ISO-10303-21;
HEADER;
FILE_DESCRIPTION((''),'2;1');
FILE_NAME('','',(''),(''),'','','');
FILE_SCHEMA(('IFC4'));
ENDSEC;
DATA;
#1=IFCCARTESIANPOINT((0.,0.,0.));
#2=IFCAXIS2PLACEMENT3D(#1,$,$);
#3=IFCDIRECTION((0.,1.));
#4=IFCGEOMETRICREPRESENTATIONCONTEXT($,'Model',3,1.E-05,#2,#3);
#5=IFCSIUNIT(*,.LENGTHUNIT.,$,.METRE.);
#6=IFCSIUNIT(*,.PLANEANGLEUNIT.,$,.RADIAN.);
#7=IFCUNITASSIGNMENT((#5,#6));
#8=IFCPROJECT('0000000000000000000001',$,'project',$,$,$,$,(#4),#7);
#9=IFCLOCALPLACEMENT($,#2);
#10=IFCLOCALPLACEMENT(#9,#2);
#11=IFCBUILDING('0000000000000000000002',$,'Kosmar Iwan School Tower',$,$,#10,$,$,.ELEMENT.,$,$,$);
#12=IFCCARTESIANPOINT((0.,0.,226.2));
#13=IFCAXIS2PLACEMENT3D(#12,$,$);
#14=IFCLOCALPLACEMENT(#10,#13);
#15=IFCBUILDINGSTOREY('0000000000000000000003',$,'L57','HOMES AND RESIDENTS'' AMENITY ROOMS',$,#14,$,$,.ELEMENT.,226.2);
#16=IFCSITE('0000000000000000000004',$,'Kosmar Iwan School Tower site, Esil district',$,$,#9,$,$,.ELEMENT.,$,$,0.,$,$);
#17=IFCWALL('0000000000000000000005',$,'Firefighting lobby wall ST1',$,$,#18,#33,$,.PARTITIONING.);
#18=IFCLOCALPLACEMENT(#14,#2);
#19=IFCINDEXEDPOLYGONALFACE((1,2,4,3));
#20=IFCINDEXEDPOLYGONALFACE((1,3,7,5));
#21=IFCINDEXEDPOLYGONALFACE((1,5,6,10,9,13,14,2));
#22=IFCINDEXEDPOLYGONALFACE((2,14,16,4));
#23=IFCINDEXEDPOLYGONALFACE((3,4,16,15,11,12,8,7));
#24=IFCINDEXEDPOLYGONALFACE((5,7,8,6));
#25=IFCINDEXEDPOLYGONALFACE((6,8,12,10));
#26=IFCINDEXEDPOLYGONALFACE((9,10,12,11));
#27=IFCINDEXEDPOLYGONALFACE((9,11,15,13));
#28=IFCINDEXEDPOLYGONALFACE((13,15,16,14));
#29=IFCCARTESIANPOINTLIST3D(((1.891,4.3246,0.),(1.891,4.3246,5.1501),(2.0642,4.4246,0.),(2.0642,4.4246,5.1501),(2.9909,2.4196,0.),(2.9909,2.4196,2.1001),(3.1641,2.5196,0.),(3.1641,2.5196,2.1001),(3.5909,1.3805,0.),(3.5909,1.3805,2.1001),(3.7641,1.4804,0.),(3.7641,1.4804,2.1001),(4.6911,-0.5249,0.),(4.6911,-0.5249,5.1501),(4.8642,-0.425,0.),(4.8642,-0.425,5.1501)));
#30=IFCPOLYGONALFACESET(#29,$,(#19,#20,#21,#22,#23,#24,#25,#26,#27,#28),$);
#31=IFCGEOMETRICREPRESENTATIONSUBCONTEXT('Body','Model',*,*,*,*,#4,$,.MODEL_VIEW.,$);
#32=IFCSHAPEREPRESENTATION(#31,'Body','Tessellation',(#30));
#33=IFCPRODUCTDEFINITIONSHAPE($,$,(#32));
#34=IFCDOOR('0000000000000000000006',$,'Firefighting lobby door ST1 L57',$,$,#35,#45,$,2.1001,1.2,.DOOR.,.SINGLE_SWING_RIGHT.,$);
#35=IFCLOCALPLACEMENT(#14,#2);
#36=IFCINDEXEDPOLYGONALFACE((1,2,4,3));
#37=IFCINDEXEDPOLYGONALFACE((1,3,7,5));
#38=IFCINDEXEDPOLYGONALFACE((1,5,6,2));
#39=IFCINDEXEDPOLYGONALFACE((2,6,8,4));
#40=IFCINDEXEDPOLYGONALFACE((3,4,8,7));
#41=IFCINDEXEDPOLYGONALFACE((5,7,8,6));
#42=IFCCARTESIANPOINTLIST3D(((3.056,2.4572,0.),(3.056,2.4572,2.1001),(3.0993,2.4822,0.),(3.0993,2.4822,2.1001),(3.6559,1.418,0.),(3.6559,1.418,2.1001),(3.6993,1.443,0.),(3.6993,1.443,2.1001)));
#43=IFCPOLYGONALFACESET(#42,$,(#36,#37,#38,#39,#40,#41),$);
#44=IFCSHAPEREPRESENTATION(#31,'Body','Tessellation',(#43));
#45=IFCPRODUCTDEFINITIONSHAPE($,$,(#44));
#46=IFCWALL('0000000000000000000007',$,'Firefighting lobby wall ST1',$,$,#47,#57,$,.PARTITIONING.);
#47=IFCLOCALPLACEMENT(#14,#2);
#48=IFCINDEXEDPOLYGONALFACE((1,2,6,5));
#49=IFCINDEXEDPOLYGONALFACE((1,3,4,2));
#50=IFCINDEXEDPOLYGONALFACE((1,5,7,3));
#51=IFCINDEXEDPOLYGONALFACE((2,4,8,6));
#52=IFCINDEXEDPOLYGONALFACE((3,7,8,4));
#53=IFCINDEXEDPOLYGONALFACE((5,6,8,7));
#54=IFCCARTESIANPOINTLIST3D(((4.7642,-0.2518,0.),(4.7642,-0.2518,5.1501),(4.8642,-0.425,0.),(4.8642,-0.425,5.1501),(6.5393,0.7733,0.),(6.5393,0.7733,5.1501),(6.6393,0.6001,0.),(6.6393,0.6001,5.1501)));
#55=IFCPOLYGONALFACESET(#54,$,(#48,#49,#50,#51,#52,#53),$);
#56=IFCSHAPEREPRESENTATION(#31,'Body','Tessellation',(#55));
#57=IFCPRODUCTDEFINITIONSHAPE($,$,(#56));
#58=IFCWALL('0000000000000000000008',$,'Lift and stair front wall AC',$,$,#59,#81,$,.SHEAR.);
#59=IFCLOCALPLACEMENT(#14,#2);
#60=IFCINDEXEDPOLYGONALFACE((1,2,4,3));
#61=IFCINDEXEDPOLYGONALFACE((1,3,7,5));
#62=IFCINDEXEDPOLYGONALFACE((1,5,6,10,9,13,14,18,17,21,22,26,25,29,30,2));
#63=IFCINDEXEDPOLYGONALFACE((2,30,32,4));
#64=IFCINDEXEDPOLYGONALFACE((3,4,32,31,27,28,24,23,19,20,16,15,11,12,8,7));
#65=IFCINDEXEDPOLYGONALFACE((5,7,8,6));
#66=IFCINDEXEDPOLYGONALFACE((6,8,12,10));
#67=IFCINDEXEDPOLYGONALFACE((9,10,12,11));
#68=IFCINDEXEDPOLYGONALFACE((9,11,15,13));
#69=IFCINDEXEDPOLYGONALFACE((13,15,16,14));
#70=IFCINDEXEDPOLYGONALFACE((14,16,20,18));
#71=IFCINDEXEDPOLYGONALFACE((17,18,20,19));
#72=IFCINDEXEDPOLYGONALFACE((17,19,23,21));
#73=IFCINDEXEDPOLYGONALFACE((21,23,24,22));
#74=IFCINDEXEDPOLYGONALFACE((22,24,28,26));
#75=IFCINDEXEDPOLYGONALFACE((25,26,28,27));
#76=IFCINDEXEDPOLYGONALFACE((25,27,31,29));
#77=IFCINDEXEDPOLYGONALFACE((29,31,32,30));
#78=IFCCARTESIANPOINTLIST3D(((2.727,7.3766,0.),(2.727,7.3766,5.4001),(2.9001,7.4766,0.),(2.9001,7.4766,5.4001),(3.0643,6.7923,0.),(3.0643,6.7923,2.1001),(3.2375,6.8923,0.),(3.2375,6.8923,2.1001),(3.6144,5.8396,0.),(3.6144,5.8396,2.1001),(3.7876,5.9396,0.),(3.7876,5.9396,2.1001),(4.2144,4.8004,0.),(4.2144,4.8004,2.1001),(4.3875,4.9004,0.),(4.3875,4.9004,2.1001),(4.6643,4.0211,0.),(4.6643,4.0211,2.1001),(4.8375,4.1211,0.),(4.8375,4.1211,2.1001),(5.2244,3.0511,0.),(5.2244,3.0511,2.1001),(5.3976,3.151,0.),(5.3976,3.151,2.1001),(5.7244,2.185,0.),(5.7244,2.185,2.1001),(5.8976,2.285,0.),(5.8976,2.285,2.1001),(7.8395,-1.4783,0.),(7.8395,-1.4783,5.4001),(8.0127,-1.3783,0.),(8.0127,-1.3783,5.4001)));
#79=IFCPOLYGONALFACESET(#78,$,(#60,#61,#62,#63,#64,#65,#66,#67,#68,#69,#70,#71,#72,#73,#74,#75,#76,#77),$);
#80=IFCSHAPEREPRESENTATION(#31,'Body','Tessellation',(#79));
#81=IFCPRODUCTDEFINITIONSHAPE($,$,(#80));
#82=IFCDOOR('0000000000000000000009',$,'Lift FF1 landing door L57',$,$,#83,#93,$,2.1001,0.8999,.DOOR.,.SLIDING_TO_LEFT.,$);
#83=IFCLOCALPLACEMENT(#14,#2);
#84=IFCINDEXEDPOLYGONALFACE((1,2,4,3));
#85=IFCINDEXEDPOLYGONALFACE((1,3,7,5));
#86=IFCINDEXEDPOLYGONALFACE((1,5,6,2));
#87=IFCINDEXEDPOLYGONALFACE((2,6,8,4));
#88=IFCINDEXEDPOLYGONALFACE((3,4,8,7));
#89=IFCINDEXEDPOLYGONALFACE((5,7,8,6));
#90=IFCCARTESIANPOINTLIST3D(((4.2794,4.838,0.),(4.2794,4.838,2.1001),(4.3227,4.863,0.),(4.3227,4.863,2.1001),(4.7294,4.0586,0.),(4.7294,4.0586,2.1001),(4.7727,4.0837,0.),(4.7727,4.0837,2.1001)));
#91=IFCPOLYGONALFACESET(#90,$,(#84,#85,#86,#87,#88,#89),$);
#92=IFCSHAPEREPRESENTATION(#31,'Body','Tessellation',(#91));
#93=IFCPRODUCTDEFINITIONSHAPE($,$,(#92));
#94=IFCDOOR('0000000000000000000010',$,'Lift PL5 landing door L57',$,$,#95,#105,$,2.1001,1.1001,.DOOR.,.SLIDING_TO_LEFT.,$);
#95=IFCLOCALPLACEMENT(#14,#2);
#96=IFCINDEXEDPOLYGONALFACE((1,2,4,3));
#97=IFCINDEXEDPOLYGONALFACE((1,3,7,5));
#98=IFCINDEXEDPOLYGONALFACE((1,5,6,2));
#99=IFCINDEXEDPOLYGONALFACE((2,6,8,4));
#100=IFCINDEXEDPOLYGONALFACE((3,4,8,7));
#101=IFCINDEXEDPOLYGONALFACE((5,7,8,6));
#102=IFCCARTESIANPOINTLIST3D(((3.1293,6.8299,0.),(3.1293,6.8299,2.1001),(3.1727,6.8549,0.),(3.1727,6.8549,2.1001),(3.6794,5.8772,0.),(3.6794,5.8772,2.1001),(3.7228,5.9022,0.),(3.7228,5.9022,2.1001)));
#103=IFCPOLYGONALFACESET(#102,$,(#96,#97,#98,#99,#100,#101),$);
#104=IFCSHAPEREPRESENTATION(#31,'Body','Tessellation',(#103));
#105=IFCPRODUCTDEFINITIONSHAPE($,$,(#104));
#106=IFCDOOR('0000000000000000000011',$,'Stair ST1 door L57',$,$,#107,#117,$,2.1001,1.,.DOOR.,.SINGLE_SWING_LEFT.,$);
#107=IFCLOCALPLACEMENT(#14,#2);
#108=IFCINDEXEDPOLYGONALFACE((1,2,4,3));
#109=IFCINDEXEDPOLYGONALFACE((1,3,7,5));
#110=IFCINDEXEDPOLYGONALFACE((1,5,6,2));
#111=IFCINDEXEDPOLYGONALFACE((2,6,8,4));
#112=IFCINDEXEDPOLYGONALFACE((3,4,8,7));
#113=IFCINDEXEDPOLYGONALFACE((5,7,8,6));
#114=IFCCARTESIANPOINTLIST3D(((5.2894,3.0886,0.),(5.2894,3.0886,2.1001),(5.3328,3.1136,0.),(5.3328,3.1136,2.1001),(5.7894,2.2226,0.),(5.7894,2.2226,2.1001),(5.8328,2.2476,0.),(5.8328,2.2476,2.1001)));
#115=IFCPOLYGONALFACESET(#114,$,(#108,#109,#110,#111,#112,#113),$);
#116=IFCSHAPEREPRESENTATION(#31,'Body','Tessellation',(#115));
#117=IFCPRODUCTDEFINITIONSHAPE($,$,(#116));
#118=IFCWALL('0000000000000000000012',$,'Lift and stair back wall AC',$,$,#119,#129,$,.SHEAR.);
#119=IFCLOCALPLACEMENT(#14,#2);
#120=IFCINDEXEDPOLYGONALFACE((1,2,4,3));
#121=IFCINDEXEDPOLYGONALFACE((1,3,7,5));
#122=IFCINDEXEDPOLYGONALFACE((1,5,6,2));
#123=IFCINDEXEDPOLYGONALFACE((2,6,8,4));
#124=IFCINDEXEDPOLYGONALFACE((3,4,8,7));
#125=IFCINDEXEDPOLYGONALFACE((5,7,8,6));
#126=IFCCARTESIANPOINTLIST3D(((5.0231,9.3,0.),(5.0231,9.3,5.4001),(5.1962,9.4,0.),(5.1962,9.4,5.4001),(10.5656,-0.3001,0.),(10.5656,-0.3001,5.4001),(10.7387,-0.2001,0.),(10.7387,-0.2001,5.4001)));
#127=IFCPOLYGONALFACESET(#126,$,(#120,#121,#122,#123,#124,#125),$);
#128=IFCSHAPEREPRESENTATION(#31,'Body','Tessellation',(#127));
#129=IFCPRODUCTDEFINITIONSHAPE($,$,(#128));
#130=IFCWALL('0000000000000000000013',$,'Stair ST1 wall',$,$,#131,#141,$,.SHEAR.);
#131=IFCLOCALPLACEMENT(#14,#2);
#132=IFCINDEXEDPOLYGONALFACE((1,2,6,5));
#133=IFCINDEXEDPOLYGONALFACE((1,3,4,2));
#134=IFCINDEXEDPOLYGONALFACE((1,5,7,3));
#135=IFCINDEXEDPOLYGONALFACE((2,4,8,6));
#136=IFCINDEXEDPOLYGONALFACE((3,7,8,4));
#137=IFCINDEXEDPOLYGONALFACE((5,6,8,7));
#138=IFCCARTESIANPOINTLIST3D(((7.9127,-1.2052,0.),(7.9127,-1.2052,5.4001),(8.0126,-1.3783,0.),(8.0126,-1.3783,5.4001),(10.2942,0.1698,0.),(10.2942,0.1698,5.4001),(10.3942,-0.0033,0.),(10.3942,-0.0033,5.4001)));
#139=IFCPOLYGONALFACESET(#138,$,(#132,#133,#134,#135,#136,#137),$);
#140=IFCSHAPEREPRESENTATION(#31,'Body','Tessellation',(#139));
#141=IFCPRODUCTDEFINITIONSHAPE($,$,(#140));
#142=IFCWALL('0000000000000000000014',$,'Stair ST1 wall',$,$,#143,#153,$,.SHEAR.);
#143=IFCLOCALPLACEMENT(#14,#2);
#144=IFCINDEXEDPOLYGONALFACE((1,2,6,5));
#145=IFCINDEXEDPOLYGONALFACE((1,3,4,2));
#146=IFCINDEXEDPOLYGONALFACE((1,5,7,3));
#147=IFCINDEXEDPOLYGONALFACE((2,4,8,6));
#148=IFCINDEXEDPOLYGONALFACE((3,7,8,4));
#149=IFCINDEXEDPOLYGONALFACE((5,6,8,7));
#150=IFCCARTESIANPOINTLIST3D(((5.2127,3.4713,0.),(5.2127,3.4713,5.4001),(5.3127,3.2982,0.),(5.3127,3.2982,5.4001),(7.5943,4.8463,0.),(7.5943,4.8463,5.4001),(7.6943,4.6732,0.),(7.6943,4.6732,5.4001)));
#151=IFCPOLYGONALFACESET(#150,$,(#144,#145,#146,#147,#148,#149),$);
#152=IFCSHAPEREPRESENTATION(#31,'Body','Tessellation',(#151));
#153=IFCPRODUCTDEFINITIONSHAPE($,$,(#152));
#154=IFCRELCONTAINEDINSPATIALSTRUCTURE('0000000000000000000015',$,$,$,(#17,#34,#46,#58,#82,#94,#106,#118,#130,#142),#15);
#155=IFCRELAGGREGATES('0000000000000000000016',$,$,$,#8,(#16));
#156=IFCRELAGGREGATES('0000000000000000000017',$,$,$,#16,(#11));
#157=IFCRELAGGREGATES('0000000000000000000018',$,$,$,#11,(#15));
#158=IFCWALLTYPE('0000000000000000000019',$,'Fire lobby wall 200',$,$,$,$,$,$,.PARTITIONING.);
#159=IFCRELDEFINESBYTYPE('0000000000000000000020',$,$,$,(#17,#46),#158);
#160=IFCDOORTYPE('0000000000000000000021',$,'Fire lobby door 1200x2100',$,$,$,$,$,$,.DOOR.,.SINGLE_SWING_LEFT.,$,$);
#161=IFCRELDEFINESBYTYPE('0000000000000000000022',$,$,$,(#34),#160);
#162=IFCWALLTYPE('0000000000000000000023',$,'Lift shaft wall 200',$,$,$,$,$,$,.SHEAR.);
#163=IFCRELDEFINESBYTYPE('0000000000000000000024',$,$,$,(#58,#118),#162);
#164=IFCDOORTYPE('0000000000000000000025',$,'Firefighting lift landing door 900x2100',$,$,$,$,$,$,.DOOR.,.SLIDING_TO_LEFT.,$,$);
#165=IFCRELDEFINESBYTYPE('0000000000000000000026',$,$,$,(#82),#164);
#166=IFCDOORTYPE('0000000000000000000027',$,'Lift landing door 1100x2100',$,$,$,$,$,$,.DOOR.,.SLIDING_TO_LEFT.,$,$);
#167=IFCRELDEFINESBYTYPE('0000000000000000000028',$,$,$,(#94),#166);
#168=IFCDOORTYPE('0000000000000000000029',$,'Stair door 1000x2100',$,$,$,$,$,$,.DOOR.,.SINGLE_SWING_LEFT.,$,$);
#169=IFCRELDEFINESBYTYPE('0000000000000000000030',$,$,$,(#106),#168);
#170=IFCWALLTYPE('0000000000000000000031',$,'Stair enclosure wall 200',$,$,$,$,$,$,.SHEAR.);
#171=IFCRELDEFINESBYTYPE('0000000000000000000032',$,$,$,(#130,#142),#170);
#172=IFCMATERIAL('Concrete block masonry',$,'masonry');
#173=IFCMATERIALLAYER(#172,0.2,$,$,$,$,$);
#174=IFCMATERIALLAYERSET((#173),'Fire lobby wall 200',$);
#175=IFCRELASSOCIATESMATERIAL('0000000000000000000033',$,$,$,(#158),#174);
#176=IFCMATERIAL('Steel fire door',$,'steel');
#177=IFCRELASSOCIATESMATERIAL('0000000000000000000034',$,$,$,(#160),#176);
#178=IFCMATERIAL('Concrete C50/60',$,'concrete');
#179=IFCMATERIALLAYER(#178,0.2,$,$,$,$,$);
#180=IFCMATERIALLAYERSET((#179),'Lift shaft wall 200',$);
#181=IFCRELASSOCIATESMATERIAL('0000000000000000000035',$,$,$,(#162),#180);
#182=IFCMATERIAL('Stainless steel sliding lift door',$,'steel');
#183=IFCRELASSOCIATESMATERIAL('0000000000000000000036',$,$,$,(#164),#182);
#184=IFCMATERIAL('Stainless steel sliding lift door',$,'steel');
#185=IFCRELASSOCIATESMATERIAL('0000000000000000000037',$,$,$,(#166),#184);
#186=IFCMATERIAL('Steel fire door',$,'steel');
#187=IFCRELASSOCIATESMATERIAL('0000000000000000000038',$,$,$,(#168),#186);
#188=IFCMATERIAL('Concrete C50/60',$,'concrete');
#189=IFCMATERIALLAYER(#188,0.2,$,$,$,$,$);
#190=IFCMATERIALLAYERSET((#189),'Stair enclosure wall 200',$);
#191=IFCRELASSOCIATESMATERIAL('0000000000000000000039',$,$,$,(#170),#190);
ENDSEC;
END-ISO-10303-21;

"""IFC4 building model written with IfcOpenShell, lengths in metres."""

from ifc_helpers import new_model, si_unit, direction, frame, frame_2d, origin, place, context, subcontext, project, spatial, rectangle, extrude, material, layer, layer_set, type_object, element, fill, save


model = new_model("IFC4")

# Units and contexts
model_context = context("Model", 3, precision=1e-05, world=origin(), true_north=direction((0.0, 1.0)))
body_context = subcontext(model_context, "Body", "Model", "MODEL_VIEW")
ifc_project = project(units=[si_unit("LENGTHUNIT", "METRE"), si_unit("PLANEANGLEUNIT", "RADIAN")], contexts=[model_context])

# Site, building, storey
site_placement = place(None, origin())
site = spatial("IfcSite", under=ifc_project, at=site_placement, Name="Kosmar Iwan School Tower site, Esil district", CompositionType="ELEMENT", RefElevation=0.0)
building_placement = place(site_placement, origin())
building = spatial("IfcBuilding", under=site, at=building_placement, Name="Kosmar Iwan School Tower", CompositionType="ELEMENT")
storey_placement = place(building_placement, frame((0.0, 0.0, 226.2)))
storey = spatial("IfcBuildingStorey", under=building, at=storey_placement, Name="L57", Description="HOMES AND RESIDENTS' AMENITY ROOMS", CompositionType="ELEMENT", Elevation=226.2)

# Wall, opening, door
ifc_material_1 = material(Name="Concrete block masonry", Category="masonry")
ifc_layer_1 = layer(ifc_material_1, 0.2)
ifc_layer_set_1 = layer_set([ifc_layer_1], Name="Fire lobby wall 200")
wall_type_1 = type_object("IfcWallType", Name="Fire lobby wall 200", PredefinedType="PARTITIONING", material=ifc_layer_set_1)
wall_1_placement = place(storey_placement, frame((4.7776, -0.4749, 0.0), z_axis=(0.0, 0.0, 1.0), x_axis=(-0.500017, 0.866016, 0.0)))
wall_1 = element("IfcWall", 1, at=wall_1_placement, inside=storey, type_object=wall_type_1, Name="Firefighting lobby wall ST1", PredefinedType="PARTITIONING", context=body_context, shape_type="SweptSolid", body=[
    extrude(rectangle(XDim=5.5999, YDim=0.2, at=frame_2d((2.7998, 0.0))), origin(), (0.0, 0.0, 1.0), 5.1501),
])
opening_1_placement = place(wall_1_placement, frame((2.2, 0.0, 0.0)))
opening_1 = element("IfcOpeningElement", 2, at=opening_1_placement, cuts=wall_1, PredefinedType="OPENING", context=body_context, shape_type="SweptSolid", body=[
    extrude(rectangle(XDim=1.2, YDim=2.1001, at=frame_2d((0.6001, 1.05))), frame((0.0, 0.1121, 0.0), z_axis=(0.0, -1.0, 0.0), x_axis=(1.0, 0.0, 0.0)), (0.0, 0.0, 1.0), 0.2239),
])
ifc_material_2 = material(Name="Steel fire door", Category="steel")
door_type_1 = type_object("IfcDoorType", Name="Fire lobby door 1200x2100", OperationType="SINGLE_SWING_LEFT", PredefinedType="DOOR", material=ifc_material_2)
door_1_placement = place(opening_1_placement, origin())
door_1 = element("IfcDoor", 3, at=door_1_placement, inside=storey, type_object=door_type_1, Name="Firefighting lobby door ST1 L57", OperationType="SINGLE_SWING_RIGHT", OverallHeight=2.1001, OverallWidth=1.2, PredefinedType="DOOR", context=body_context, shape_type="SweptSolid", body=[
    extrude(rectangle(XDim=1.2, YDim=2.1001, at=frame_2d((0.6001, 1.05))), frame((0.0, 0.0249, 0.0), z_axis=(0.0, -1.0, 0.0), x_axis=(1.0, 0.0, 0.0)), (0.0, 0.0, 1.0), 0.05),
])
fill(opening_1, door_1)

# Wall
wall_2_placement = place(storey_placement, frame((4.8142, -0.3384, 0.0), z_axis=(0.0, 0.0, 1.0), x_axis=(0.865969, 0.500097, 0.0)))
element("IfcWall", 4, at=wall_2_placement, inside=storey, type_object=wall_type_1, Name="Firefighting lobby wall ST1", PredefinedType="PARTITIONING", context=body_context, shape_type="SweptSolid", body=[
    extrude(rectangle(XDim=2.0498, YDim=0.2, at=frame_2d((1.0249, 0.0))), origin(), (0.0, 0.0, 1.0), 5.1501),
])

# Wall, openings, doors
ifc_material_3 = material(Name="Concrete C50/60", Category="concrete")
ifc_layer_2 = layer(ifc_material_3, 0.2)
ifc_layer_set_2 = layer_set([ifc_layer_2], Name="Lift shaft wall 200")
wall_type_2 = type_object("IfcWallType", Name="Lift shaft wall 200", PredefinedType="SHEAR", material=ifc_layer_set_2)
wall_3_placement = place(storey_placement, frame((7.926, -1.4282, 0.0), z_axis=(0.0, 0.0, 1.0), x_axis=(-0.500009, 0.86602, 0.0)))
wall_3 = element("IfcWall", 5, at=wall_3_placement, inside=storey, type_object=wall_type_2, Name="Lift and stair front wall AC", PredefinedType="SHEAR", context=body_context, shape_type="SweptSolid", body=[
    extrude(rectangle(XDim=10.2249, YDim=0.2, at=frame_2d((5.1123, 0.0))), origin(), (0.0, 0.0, 1.0), 5.4001),
])
opening_2_placement = place(wall_3_placement, frame((6.3501, 0.0, 0.0)))
opening_2 = element("IfcOpeningElement", 6, at=opening_2_placement, cuts=wall_3, PredefinedType="OPENING", context=body_context, shape_type="SweptSolid", body=[
    extrude(rectangle(XDim=0.8999, YDim=2.1001, at=frame_2d((0.45, 1.05))), frame((0.0, 0.1121, 0.0), z_axis=(0.0, -1.0, 0.0), x_axis=(1.0, 0.0, 0.0)), (0.0, 0.0, 1.0), 0.2239),
])
opening_3_placement = place(wall_3_placement, frame((8.45, 0.0, 0.0)))
opening_3 = element("IfcOpeningElement", 7, at=opening_3_placement, cuts=wall_3, PredefinedType="OPENING", context=body_context, shape_type="SweptSolid", body=[
    extrude(rectangle(XDim=1.1001, YDim=2.1001, at=frame_2d((0.55, 1.05))), frame((0.0, 0.1121, 0.0), z_axis=(0.0, -1.0, 0.0), x_axis=(1.0, 0.0, 0.0)), (0.0, 0.0, 1.0), 0.2239),
])
opening_4_placement = place(wall_3_placement, frame((4.23, 0.0, 0.0)))
opening_4 = element("IfcOpeningElement", 8, at=opening_4_placement, cuts=wall_3, PredefinedType="OPENING", context=body_context, shape_type="SweptSolid", body=[
    extrude(rectangle(XDim=1.0, YDim=2.1001, at=frame_2d((0.5, 1.05))), frame((0.0, 0.1121, 0.0), z_axis=(0.0, -1.0, 0.0), x_axis=(1.0, 0.0, 0.0)), (0.0, 0.0, 1.0), 0.2239),
])
ifc_material_4 = material(Name="Stainless steel sliding lift door", Category="steel")
door_type_2 = type_object("IfcDoorType", Name="Firefighting lift landing door 900x2100", OperationType="SLIDING_TO_LEFT", PredefinedType="DOOR", material=ifc_material_4)
door_2_placement = place(opening_2_placement, origin())
door_2 = element("IfcDoor", 9, at=door_2_placement, inside=storey, type_object=door_type_2, Name="Lift FF1 landing door L57", OperationType="SLIDING_TO_LEFT", OverallHeight=2.1001, OverallWidth=0.8999, PredefinedType="DOOR", context=body_context, shape_type="SweptSolid", body=[
    extrude(rectangle(XDim=0.8999, YDim=2.1001, at=frame_2d((0.45, 1.05))), frame((0.0, 0.0249, 0.0), z_axis=(0.0, -1.0, 0.0), x_axis=(1.0, 0.0, 0.0)), (0.0, 0.0, 1.0), 0.05),
])
fill(opening_2, door_2)
ifc_material_5 = material(Name="Stainless steel sliding lift door", Category="steel")
door_type_3 = type_object("IfcDoorType", Name="Lift landing door 1100x2100", OperationType="SLIDING_TO_LEFT", PredefinedType="DOOR", material=ifc_material_5)
door_3_placement = place(opening_3_placement, origin())
door_3 = element("IfcDoor", 10, at=door_3_placement, inside=storey, type_object=door_type_3, Name="Lift PL5 landing door L57", OperationType="SLIDING_TO_LEFT", OverallHeight=2.1001, OverallWidth=1.1001, PredefinedType="DOOR", context=body_context, shape_type="SweptSolid", body=[
    extrude(rectangle(XDim=1.1001, YDim=2.1001, at=frame_2d((0.55, 1.05))), frame((0.0, 0.0249, 0.0), z_axis=(0.0, -1.0, 0.0), x_axis=(1.0, 0.0, 0.0)), (0.0, 0.0, 1.0), 0.05),
])
fill(opening_3, door_3)
ifc_material_6 = material(Name="Steel fire door", Category="steel")
door_type_4 = type_object("IfcDoorType", Name="Stair door 1000x2100", OperationType="SINGLE_SWING_LEFT", PredefinedType="DOOR", material=ifc_material_6)
door_4_placement = place(opening_4_placement, origin())
door_4 = element("IfcDoor", 11, at=door_4_placement, inside=storey, type_object=door_type_4, Name="Stair ST1 door L57", OperationType="SINGLE_SWING_LEFT", OverallHeight=2.1001, OverallWidth=1.0, PredefinedType="DOOR", context=body_context, shape_type="SweptSolid", body=[
    extrude(rectangle(XDim=1.0, YDim=2.1001, at=frame_2d((0.5, 1.05))), frame((0.0, 0.0249, 0.0), z_axis=(0.0, -1.0, 0.0), x_axis=(1.0, 0.0, 0.0)), (0.0, 0.0, 1.0), 0.05),
])
fill(opening_4, door_4)

# Walls
wall_4_placement = place(storey_placement, frame((10.6521, -0.25, 0.0), z_axis=(0.0, 0.0, 1.0), x_axis=(-0.499991, 0.866031, 0.0)))
element("IfcWall", 12, at=wall_4_placement, inside=storey, type_object=wall_type_2, Name="Lift and stair back wall AC", PredefinedType="SHEAR", context=body_context, shape_type="SweptSolid", body=[
    extrude(rectangle(XDim=11.0852, YDim=0.2, at=frame_2d((5.5425, 0.0))), origin(), (0.0, 0.0, 1.0), 5.4001),
])
ifc_material_7 = material(Name="Concrete C50/60", Category="concrete")
ifc_layer_3 = layer(ifc_material_7, 0.2)
ifc_layer_set_3 = layer_set([ifc_layer_3], Name="Stair enclosure wall 200")
wall_type_3 = type_object("IfcWallType", Name="Stair enclosure wall 200", PredefinedType="SHEAR", material=ifc_layer_set_3)
for number, where, z_axis, x_axis, name in (
    (13, (7.9626, -1.2917, 0.0), (0.0, 0.0, 1.0), (0.866027, 0.499997, 0.0), "Stair ST1 wall"),
    (14, (5.2627, 3.3848, 0.0), (0.0, 0.0, 1.0), (0.866027, 0.499997, 0.0), "Stair ST1 wall"),
):
    element("IfcWall", number, at=place(storey_placement, frame(where, z_axis=z_axis, x_axis=x_axis)), inside=storey, type_object=wall_type_3, Name=name, PredefinedType="SHEAR", context=body_context, shape_type="SweptSolid", body=[
        extrude(rectangle(XDim=2.75, YDim=0.2, at=frame_2d((1.375, 0.0))), origin(), (0.0, 0.0, 1.0), 5.4001),
    ])

save(model, "model.ifc")
